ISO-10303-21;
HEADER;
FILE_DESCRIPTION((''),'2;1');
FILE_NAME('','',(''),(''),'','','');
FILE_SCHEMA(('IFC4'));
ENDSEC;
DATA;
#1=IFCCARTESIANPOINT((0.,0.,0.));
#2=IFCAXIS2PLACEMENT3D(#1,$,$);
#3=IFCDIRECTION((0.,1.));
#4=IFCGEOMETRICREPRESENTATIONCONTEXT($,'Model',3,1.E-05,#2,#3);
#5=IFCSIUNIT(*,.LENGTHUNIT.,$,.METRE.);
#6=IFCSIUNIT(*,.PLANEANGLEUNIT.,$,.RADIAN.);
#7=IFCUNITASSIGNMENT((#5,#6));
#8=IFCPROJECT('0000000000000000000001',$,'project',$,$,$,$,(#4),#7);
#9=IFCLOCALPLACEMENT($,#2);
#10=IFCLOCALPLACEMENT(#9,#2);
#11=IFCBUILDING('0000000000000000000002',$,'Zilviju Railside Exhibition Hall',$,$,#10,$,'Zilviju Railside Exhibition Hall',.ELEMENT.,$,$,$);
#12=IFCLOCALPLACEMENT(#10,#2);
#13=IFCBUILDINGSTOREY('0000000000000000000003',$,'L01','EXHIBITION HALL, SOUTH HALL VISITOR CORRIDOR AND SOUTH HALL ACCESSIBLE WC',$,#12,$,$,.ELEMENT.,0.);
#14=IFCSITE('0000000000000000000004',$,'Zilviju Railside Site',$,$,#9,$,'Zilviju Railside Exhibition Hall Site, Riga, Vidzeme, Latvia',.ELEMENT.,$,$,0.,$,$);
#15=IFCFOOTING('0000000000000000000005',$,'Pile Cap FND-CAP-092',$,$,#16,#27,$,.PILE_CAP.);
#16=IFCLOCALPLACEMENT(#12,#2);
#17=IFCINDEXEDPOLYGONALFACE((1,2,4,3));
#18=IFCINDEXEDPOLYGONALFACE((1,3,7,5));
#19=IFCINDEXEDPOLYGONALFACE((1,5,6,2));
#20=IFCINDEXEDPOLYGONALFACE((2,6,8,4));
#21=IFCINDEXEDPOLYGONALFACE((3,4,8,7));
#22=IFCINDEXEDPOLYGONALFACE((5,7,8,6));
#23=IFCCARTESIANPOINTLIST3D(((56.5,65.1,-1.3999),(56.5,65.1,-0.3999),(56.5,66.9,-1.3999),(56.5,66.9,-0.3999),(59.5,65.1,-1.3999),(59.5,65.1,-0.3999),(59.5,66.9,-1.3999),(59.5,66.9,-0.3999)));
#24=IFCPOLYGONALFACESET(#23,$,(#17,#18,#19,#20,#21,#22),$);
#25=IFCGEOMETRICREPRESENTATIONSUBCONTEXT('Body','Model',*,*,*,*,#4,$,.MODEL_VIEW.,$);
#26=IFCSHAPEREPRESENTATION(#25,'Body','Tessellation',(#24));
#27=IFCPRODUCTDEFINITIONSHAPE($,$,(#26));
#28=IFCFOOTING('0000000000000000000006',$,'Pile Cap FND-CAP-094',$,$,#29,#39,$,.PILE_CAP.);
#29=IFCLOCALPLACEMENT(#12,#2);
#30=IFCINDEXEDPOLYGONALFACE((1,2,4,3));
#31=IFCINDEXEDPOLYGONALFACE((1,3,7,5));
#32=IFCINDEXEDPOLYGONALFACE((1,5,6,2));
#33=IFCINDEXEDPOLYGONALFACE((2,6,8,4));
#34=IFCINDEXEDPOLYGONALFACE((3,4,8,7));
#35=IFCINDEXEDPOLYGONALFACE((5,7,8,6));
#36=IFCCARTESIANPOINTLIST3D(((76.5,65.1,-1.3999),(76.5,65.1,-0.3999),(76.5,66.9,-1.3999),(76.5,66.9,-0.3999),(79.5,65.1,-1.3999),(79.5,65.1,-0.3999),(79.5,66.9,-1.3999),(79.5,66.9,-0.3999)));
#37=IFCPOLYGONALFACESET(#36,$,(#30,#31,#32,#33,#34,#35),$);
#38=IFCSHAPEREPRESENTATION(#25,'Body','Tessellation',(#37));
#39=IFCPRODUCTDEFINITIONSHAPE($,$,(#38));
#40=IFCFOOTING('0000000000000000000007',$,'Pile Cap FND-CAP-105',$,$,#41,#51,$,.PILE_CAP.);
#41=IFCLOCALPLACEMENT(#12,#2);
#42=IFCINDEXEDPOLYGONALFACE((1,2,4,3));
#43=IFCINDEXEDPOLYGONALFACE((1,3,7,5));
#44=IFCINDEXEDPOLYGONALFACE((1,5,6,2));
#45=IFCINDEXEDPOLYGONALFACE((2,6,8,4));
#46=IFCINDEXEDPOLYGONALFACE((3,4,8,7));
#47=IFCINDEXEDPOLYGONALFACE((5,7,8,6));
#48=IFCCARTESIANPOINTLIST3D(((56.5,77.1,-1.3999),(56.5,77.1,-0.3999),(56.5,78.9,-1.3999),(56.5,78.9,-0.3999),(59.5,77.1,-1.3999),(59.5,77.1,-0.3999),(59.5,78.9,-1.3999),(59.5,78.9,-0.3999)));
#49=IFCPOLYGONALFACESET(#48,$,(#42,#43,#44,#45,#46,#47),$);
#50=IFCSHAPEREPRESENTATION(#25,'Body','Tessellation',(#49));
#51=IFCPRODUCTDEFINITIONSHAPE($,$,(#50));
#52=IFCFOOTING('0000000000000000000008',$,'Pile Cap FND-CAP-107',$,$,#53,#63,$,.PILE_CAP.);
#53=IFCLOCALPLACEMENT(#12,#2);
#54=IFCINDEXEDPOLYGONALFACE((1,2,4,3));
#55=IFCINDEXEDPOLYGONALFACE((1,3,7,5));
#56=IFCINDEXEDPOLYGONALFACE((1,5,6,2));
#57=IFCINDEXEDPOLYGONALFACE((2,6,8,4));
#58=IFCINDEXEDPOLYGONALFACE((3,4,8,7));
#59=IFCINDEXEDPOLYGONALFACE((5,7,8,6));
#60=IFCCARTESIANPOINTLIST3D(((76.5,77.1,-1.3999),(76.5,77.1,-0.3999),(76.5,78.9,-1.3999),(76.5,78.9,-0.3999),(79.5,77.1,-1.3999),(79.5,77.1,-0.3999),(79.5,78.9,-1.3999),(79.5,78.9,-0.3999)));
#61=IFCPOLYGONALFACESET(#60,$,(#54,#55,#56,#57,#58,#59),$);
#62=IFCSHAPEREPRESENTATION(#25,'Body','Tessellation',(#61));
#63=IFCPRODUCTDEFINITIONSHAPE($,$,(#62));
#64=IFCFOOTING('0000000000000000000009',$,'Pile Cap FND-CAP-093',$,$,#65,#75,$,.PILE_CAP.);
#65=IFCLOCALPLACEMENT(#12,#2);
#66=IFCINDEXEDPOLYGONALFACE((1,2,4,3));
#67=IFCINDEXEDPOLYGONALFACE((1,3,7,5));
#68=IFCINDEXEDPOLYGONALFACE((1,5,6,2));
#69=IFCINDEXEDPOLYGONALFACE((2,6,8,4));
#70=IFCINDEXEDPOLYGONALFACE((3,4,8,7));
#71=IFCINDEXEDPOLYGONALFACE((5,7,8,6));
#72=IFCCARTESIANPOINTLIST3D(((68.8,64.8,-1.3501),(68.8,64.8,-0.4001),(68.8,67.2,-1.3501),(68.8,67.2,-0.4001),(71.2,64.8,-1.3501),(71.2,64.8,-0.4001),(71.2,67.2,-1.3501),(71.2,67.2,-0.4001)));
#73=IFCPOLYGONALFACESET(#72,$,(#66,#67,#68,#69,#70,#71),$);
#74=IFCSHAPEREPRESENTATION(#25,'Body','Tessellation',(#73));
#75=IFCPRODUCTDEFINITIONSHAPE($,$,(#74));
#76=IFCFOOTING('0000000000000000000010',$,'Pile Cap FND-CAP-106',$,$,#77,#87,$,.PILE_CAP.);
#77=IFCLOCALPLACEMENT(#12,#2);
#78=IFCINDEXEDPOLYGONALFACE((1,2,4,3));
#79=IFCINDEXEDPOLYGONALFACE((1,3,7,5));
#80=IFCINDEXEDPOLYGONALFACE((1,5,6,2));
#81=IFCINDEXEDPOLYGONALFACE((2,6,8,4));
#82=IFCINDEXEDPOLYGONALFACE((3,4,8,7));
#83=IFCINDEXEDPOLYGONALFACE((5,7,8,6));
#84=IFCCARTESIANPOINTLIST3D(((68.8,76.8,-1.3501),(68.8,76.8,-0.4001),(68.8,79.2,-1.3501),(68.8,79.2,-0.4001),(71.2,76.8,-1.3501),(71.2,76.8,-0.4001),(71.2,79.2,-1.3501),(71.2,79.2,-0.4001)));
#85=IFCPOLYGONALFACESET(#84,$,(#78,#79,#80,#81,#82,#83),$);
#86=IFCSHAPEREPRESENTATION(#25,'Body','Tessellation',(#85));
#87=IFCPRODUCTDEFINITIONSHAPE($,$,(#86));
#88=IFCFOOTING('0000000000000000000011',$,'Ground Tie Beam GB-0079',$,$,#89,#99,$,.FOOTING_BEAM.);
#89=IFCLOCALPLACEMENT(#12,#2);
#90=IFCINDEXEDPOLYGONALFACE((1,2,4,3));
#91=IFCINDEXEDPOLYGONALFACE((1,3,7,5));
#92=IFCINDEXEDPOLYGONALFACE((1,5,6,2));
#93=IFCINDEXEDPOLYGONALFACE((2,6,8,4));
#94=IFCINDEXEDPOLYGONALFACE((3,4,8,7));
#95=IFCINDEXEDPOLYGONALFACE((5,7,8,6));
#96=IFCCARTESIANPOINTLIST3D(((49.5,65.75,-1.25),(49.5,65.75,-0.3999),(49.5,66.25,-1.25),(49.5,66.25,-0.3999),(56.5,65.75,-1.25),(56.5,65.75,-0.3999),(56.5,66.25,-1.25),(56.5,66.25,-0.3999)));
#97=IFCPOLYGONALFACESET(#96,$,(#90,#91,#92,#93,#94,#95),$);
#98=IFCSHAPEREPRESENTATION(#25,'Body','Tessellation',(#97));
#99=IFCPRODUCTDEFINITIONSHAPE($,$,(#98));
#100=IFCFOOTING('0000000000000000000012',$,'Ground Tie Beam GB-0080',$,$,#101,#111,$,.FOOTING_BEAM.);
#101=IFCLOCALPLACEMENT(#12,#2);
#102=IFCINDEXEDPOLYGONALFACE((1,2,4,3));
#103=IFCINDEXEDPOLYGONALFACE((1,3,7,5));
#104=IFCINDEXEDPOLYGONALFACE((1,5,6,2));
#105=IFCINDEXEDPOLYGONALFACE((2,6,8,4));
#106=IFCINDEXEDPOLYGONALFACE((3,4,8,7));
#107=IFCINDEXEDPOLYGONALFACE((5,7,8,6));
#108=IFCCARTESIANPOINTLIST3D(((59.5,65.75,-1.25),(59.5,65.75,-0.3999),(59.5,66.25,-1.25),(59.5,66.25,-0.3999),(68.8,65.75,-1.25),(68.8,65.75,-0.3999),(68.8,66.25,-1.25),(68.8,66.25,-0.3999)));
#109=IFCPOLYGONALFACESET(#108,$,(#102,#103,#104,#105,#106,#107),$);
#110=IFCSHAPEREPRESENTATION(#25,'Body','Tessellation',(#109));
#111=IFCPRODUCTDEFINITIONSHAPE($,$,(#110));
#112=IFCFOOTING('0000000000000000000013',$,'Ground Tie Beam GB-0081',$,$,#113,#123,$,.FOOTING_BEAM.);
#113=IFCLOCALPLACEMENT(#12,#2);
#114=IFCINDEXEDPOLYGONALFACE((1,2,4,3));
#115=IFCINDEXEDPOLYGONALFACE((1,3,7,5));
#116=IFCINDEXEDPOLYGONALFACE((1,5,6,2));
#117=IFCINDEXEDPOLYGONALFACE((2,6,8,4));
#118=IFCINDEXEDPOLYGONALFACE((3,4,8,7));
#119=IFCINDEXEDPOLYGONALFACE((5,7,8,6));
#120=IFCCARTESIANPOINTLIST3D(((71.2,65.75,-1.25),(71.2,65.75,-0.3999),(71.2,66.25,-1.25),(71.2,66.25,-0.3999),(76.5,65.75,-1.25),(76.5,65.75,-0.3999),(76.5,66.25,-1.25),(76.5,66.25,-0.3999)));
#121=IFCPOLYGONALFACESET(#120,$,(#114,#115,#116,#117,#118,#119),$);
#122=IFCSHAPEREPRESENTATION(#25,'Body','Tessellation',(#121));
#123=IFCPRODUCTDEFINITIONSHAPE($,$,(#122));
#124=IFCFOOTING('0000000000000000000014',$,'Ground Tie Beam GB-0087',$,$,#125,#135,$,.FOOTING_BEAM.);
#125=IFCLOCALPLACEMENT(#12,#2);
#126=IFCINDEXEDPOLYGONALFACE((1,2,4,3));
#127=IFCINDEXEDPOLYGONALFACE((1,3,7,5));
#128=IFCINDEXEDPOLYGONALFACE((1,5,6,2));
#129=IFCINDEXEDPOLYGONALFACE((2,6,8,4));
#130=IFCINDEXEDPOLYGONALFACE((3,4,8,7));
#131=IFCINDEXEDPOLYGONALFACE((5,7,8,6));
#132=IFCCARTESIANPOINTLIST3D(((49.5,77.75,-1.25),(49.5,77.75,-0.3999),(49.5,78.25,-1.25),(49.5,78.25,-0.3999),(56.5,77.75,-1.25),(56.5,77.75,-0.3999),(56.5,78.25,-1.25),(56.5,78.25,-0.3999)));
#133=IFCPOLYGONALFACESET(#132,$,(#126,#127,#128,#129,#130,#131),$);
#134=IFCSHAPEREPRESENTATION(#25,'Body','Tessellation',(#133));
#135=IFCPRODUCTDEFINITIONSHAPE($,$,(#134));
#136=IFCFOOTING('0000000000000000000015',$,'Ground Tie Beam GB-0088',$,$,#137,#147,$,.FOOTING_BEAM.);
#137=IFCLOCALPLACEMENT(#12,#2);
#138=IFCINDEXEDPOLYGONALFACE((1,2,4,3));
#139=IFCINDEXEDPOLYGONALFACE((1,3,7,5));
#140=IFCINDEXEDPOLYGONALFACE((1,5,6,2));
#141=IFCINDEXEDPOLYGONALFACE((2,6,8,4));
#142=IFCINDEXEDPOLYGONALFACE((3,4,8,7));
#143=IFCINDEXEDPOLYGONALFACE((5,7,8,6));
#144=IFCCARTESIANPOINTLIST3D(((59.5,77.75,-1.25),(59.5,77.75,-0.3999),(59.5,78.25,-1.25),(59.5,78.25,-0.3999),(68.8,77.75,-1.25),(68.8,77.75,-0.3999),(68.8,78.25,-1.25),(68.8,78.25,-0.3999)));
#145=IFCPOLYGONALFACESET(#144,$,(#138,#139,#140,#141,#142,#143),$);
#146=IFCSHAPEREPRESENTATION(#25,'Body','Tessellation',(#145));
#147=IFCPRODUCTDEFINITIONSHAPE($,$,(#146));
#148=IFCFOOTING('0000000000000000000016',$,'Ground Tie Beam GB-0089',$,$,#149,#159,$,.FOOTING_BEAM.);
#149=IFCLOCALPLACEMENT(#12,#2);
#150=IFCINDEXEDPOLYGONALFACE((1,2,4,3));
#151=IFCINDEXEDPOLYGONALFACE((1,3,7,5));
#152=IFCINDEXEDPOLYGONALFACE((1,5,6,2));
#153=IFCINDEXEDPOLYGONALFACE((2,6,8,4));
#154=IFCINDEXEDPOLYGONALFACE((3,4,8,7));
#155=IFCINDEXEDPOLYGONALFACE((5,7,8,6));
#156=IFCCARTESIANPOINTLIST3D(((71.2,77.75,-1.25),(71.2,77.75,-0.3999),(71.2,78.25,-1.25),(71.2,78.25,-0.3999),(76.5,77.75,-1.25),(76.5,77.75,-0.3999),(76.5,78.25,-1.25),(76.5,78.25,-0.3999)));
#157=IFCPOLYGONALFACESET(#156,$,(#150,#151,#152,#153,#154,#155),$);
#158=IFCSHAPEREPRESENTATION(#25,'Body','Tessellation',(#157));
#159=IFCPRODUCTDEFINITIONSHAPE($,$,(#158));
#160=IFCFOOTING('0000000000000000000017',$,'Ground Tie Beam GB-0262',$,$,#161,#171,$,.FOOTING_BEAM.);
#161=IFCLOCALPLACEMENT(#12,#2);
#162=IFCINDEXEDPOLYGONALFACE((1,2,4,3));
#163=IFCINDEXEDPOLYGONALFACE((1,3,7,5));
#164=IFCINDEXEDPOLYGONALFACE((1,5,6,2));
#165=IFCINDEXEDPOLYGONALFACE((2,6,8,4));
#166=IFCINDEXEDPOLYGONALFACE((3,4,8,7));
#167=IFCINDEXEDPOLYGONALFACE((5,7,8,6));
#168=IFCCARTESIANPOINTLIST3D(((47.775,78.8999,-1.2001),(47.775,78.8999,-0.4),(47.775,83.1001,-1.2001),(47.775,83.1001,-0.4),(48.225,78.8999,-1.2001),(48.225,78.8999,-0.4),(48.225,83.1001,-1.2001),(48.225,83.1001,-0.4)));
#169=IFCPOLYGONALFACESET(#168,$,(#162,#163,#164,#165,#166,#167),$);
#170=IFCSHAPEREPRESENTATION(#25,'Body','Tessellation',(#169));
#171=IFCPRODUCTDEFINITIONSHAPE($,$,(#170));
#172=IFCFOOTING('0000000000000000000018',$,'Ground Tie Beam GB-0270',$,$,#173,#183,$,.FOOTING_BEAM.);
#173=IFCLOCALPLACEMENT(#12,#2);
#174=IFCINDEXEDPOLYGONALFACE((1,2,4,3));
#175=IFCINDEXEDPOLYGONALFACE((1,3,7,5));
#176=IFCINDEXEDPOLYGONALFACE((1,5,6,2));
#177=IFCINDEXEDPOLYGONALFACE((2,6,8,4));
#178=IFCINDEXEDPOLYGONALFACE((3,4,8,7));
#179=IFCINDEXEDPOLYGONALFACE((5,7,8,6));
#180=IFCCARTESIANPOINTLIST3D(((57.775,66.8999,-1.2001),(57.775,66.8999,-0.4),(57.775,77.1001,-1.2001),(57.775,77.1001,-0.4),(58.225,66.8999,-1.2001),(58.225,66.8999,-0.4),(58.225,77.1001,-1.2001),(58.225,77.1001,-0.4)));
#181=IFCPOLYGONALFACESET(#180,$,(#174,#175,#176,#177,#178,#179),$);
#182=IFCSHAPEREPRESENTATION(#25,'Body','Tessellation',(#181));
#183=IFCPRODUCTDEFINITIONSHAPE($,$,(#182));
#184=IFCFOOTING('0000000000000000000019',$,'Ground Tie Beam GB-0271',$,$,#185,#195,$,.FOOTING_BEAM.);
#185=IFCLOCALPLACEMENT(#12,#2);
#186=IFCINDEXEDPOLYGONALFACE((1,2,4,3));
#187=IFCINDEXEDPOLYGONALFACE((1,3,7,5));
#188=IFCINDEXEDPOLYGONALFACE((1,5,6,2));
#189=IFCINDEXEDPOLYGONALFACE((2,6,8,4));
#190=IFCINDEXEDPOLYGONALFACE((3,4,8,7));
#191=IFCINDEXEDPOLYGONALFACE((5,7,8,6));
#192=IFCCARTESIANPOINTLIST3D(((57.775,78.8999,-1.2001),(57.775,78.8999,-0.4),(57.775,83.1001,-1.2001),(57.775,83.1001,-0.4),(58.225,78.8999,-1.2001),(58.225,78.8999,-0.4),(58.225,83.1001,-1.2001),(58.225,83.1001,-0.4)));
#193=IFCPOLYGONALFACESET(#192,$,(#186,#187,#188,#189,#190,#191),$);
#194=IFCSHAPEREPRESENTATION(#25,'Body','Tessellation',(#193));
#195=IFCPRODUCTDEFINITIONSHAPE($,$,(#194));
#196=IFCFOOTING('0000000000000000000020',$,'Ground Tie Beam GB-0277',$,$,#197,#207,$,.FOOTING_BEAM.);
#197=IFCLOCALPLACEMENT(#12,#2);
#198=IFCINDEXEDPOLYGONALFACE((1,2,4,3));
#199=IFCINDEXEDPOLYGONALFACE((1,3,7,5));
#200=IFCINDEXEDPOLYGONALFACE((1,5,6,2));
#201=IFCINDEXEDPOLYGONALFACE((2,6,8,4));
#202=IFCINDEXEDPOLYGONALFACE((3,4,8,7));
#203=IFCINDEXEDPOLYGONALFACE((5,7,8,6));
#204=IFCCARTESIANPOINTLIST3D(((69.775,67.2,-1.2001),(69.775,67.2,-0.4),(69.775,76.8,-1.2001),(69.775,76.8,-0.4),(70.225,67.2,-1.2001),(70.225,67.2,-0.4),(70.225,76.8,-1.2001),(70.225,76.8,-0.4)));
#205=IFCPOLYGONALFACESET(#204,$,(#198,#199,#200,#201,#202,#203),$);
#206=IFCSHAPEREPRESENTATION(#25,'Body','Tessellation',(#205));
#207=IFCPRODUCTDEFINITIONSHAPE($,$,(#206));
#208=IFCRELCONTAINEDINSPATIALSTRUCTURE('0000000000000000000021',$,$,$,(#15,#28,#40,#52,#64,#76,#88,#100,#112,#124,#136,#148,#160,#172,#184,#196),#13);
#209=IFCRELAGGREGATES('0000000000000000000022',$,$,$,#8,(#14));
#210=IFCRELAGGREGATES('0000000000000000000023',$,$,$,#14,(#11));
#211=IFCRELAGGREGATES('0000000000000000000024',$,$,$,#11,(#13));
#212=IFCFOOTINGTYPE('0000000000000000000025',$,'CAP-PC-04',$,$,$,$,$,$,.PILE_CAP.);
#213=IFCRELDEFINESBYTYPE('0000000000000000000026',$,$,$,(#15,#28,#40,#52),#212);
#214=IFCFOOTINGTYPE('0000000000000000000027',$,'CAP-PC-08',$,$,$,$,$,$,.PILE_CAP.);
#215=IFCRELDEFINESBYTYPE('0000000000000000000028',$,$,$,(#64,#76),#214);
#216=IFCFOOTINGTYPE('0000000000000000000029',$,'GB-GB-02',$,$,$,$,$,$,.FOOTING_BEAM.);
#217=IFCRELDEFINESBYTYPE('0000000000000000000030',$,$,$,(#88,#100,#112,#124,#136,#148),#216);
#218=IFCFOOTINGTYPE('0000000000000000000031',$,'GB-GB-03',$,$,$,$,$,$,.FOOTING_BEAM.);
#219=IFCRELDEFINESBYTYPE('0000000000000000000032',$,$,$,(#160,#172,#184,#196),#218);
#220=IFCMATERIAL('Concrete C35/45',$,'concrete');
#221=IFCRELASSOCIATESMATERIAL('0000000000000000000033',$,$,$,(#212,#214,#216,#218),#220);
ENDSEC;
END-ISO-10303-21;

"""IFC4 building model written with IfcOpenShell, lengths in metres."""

from ifc_helpers import new_model, si_unit, direction, frame, origin, origin_2d, place, context, subcontext, project, spatial, rectangle, extrude, material, material_profile, profile_set, type_object, element, save


model = new_model("IFC4")

# Units and contexts
model_context = context("Model", 3, precision=1e-05, world=origin(), true_north=direction((0.0, 1.0)))
body_context = subcontext(model_context, "Body", "Model", "MODEL_VIEW")
ifc_project = project(units=[si_unit("LENGTHUNIT", "METRE"), si_unit("PLANEANGLEUNIT", "RADIAN")], contexts=[model_context])

# Site, building, storey
site_placement = place(None, origin())
site = spatial("IfcSite", under=ifc_project, at=site_placement, Name="Zilviju Railside Site", LongName="Zilviju Railside Exhibition Hall Site, Riga, Vidzeme, Latvia", CompositionType="ELEMENT", RefElevation=0.0)
building_placement = place(site_placement, origin())
building = spatial("IfcBuilding", under=site, at=building_placement, Name="Zilviju Railside Exhibition Hall", LongName="Zilviju Railside Exhibition Hall", CompositionType="ELEMENT")
storey_placement = place(building_placement, origin())
storey = spatial("IfcBuildingStorey", under=building, at=storey_placement, Name="L01", Description="EXHIBITION HALL, SOUTH HALL VISITOR CORRIDOR AND SOUTH HALL ACCESSIBLE WC", CompositionType="ELEMENT", Elevation=0.0)

# Footings
ifc_material_1 = material(Name="Concrete C35/45", Category="concrete")
footing_type_1 = type_object("IfcFootingType", Name="CAP-PC-04", PredefinedType="PILE_CAP", material=ifc_material_1)
for number, where, z_axis, x_axis, name in (
    (1, (58.0, 66.0, -1.3999), (0.0, 0.0, 1.0), (1.0, 0.0, 0.0), "Pile Cap FND-CAP-092"),
    (2, (78.0, 66.0, -1.3999), (0.0, 0.0, 1.0), (1.0, 0.0, 0.0), "Pile Cap FND-CAP-094"),
    (3, (58.0, 78.0, -1.3999), (0.0, 0.0, 1.0), (1.0, 0.0, 0.0), "Pile Cap FND-CAP-105"),
    (4, (78.0, 78.0, -1.3999), (0.0, 0.0, 1.0), (1.0, 0.0, 0.0), "Pile Cap FND-CAP-107"),
):
    element("IfcFooting", number, at=place(storey_placement, frame(where, z_axis=z_axis, x_axis=x_axis)), inside=storey, type_object=footing_type_1, Name=name, PredefinedType="PILE_CAP", context=body_context, shape_type="SweptSolid", body=[
        extrude(rectangle(XDim=3.0, YDim=1.8, at=origin_2d()), origin(), (0.0, 0.0, 1.0), 1.0),
    ])
footing_type_2 = type_object("IfcFootingType", Name="CAP-PC-08", PredefinedType="PILE_CAP", material=ifc_material_1)
for number, where, z_axis, x_axis, name in (
    (5, (70.0, 66.0, -1.3501), (0.0, 0.0, 1.0), (1.0, 0.0, 0.0), "Pile Cap FND-CAP-093"),
    (6, (70.0, 78.0, -1.3501), (0.0, 0.0, 1.0), (1.0, 0.0, 0.0), "Pile Cap FND-CAP-106"),
):
    element("IfcFooting", number, at=place(storey_placement, frame(where, z_axis=z_axis, x_axis=x_axis)), inside=storey, type_object=footing_type_2, Name=name, PredefinedType="PILE_CAP", context=body_context, shape_type="SweptSolid", body=[
        extrude(rectangle(XDim=2.3999, YDim=2.3999, at=origin_2d()), origin(), (0.0, 0.0, 1.0), 0.95),
    ])
ifc_material_profile_1 = material_profile(ifc_material_1, rectangle(XDim=0.5, YDim=0.8501, at=origin_2d()), Name="TIE BEAM 500x850")
ifc_profile_set_1 = profile_set([ifc_material_profile_1], Name="Concrete C35/45")
footing_type_3 = type_object("IfcFootingType", Name="GB-GB-02", PredefinedType="FOOTING_BEAM", material=ifc_profile_set_1)
footing_1_placement = place(storey_placement, frame((49.5, 66.0, -0.825), z_axis=(1.0, 0.0, 0.0), x_axis=(0.0, 1.0, 0.0)))
element("IfcFooting", 7, at=footing_1_placement, inside=storey, type_object=footing_type_3, Name="Ground Tie Beam GB-0079", PredefinedType="FOOTING_BEAM", context=body_context, shape_type="SweptSolid", body=[
    extrude(rectangle(XDim=0.5, YDim=0.8501, at=origin_2d()), origin(), (0.0, 0.0, 1.0), 7.0),
])
footing_2_placement = place(storey_placement, frame((59.5, 66.0, -0.825), z_axis=(1.0, 0.0, 0.0), x_axis=(0.0, 1.0, 0.0)))
element("IfcFooting", 8, at=footing_2_placement, inside=storey, type_object=footing_type_3, Name="Ground Tie Beam GB-0080", PredefinedType="FOOTING_BEAM", context=body_context, shape_type="SweptSolid", body=[
    extrude(rectangle(XDim=0.5, YDim=0.8501, at=origin_2d()), origin(), (0.0, 0.0, 1.0), 9.3),
])
footing_3_placement = place(storey_placement, frame((71.2, 66.0, -0.825), z_axis=(1.0, 0.0, 0.0), x_axis=(0.0, 1.0, 0.0)))
element("IfcFooting", 9, at=footing_3_placement, inside=storey, type_object=footing_type_3, Name="Ground Tie Beam GB-0081", PredefinedType="FOOTING_BEAM", context=body_context, shape_type="SweptSolid", body=[
    extrude(rectangle(XDim=0.5, YDim=0.8501, at=origin_2d()), origin(), (0.0, 0.0, 1.0), 5.3),
])
footing_4_placement = place(storey_placement, frame((49.5, 78.0, -0.825), z_axis=(1.0, 0.0, 0.0), x_axis=(0.0, 1.0, 0.0)))
element("IfcFooting", 10, at=footing_4_placement, inside=storey, type_object=footing_type_3, Name="Ground Tie Beam GB-0087", PredefinedType="FOOTING_BEAM", context=body_context, shape_type="SweptSolid", body=[
    extrude(rectangle(XDim=0.5, YDim=0.8501, at=origin_2d()), origin(), (0.0, 0.0, 1.0), 7.0),
])
footing_5_placement = place(storey_placement, frame((59.5, 78.0, -0.825), z_axis=(1.0, 0.0, 0.0), x_axis=(0.0, 1.0, 0.0)))
element("IfcFooting", 11, at=footing_5_placement, inside=storey, type_object=footing_type_3, Name="Ground Tie Beam GB-0088", PredefinedType="FOOTING_BEAM", context=body_context, shape_type="SweptSolid", body=[
    extrude(rectangle(XDim=0.5, YDim=0.8501, at=origin_2d()), origin(), (0.0, 0.0, 1.0), 9.3),
])
footing_6_placement = place(storey_placement, frame((71.2, 78.0, -0.825), z_axis=(1.0, 0.0, 0.0), x_axis=(0.0, 1.0, 0.0)))
element("IfcFooting", 12, at=footing_6_placement, inside=storey, type_object=footing_type_3, Name="Ground Tie Beam GB-0089", PredefinedType="FOOTING_BEAM", context=body_context, shape_type="SweptSolid", body=[
    extrude(rectangle(XDim=0.5, YDim=0.8501, at=origin_2d()), origin(), (0.0, 0.0, 1.0), 5.3),
])
ifc_material_profile_2 = material_profile(ifc_material_1, rectangle(XDim=0.45, YDim=0.8, at=origin_2d()), Name="TIE BEAM 450x800")
ifc_profile_set_2 = profile_set([ifc_material_profile_2], Name="Concrete C35/45")
footing_type_4 = type_object("IfcFootingType", Name="GB-GB-03", PredefinedType="FOOTING_BEAM", material=ifc_profile_set_2)
footing_7_placement = place(storey_placement, frame((48.0, 78.8999, -0.8), z_axis=(0.0, 1.0, 0.0), x_axis=(-1.0, 0.0, 0.0)))
element("IfcFooting", 13, at=footing_7_placement, inside=storey, type_object=footing_type_4, Name="Ground Tie Beam GB-0262", PredefinedType="FOOTING_BEAM", context=body_context, shape_type="SweptSolid", body=[
    extrude(rectangle(XDim=0.45, YDim=0.8, at=origin_2d()), origin(), (0.0, 0.0, 1.0), 4.2002),
])
footing_8_placement = place(storey_placement, frame((58.0, 66.8999, -0.8), z_axis=(0.0, 1.0, 0.0), x_axis=(-1.0, 0.0, 0.0)))
element("IfcFooting", 14, at=footing_8_placement, inside=storey, type_object=footing_type_4, Name="Ground Tie Beam GB-0270", PredefinedType="FOOTING_BEAM", context=body_context, shape_type="SweptSolid", body=[
    extrude(rectangle(XDim=0.45, YDim=0.8, at=origin_2d()), origin(), (0.0, 0.0, 1.0), 10.2002),
])
footing_9_placement = place(storey_placement, frame((58.0, 78.8999, -0.8), z_axis=(0.0, 1.0, 0.0), x_axis=(-1.0, 0.0, 0.0)))
element("IfcFooting", 15, at=footing_9_placement, inside=storey, type_object=footing_type_4, Name="Ground Tie Beam GB-0271", PredefinedType="FOOTING_BEAM", context=body_context, shape_type="SweptSolid", body=[
    extrude(rectangle(XDim=0.45, YDim=0.8, at=origin_2d()), origin(), (0.0, 0.0, 1.0), 4.2002),
])
footing_10_placement = place(storey_placement, frame((70.0, 67.2, -0.8), z_axis=(0.0, 1.0, 0.0), x_axis=(-1.0, 0.0, 0.0)))
element("IfcFooting", 16, at=footing_10_placement, inside=storey, type_object=footing_type_4, Name="Ground Tie Beam GB-0277", PredefinedType="FOOTING_BEAM", context=body_context, shape_type="SweptSolid", body=[
    extrude(rectangle(XDim=0.45, YDim=0.8, at=origin_2d()), origin(), (0.0, 0.0, 1.0), 9.6001),
])

save(model, "model.ifc")
